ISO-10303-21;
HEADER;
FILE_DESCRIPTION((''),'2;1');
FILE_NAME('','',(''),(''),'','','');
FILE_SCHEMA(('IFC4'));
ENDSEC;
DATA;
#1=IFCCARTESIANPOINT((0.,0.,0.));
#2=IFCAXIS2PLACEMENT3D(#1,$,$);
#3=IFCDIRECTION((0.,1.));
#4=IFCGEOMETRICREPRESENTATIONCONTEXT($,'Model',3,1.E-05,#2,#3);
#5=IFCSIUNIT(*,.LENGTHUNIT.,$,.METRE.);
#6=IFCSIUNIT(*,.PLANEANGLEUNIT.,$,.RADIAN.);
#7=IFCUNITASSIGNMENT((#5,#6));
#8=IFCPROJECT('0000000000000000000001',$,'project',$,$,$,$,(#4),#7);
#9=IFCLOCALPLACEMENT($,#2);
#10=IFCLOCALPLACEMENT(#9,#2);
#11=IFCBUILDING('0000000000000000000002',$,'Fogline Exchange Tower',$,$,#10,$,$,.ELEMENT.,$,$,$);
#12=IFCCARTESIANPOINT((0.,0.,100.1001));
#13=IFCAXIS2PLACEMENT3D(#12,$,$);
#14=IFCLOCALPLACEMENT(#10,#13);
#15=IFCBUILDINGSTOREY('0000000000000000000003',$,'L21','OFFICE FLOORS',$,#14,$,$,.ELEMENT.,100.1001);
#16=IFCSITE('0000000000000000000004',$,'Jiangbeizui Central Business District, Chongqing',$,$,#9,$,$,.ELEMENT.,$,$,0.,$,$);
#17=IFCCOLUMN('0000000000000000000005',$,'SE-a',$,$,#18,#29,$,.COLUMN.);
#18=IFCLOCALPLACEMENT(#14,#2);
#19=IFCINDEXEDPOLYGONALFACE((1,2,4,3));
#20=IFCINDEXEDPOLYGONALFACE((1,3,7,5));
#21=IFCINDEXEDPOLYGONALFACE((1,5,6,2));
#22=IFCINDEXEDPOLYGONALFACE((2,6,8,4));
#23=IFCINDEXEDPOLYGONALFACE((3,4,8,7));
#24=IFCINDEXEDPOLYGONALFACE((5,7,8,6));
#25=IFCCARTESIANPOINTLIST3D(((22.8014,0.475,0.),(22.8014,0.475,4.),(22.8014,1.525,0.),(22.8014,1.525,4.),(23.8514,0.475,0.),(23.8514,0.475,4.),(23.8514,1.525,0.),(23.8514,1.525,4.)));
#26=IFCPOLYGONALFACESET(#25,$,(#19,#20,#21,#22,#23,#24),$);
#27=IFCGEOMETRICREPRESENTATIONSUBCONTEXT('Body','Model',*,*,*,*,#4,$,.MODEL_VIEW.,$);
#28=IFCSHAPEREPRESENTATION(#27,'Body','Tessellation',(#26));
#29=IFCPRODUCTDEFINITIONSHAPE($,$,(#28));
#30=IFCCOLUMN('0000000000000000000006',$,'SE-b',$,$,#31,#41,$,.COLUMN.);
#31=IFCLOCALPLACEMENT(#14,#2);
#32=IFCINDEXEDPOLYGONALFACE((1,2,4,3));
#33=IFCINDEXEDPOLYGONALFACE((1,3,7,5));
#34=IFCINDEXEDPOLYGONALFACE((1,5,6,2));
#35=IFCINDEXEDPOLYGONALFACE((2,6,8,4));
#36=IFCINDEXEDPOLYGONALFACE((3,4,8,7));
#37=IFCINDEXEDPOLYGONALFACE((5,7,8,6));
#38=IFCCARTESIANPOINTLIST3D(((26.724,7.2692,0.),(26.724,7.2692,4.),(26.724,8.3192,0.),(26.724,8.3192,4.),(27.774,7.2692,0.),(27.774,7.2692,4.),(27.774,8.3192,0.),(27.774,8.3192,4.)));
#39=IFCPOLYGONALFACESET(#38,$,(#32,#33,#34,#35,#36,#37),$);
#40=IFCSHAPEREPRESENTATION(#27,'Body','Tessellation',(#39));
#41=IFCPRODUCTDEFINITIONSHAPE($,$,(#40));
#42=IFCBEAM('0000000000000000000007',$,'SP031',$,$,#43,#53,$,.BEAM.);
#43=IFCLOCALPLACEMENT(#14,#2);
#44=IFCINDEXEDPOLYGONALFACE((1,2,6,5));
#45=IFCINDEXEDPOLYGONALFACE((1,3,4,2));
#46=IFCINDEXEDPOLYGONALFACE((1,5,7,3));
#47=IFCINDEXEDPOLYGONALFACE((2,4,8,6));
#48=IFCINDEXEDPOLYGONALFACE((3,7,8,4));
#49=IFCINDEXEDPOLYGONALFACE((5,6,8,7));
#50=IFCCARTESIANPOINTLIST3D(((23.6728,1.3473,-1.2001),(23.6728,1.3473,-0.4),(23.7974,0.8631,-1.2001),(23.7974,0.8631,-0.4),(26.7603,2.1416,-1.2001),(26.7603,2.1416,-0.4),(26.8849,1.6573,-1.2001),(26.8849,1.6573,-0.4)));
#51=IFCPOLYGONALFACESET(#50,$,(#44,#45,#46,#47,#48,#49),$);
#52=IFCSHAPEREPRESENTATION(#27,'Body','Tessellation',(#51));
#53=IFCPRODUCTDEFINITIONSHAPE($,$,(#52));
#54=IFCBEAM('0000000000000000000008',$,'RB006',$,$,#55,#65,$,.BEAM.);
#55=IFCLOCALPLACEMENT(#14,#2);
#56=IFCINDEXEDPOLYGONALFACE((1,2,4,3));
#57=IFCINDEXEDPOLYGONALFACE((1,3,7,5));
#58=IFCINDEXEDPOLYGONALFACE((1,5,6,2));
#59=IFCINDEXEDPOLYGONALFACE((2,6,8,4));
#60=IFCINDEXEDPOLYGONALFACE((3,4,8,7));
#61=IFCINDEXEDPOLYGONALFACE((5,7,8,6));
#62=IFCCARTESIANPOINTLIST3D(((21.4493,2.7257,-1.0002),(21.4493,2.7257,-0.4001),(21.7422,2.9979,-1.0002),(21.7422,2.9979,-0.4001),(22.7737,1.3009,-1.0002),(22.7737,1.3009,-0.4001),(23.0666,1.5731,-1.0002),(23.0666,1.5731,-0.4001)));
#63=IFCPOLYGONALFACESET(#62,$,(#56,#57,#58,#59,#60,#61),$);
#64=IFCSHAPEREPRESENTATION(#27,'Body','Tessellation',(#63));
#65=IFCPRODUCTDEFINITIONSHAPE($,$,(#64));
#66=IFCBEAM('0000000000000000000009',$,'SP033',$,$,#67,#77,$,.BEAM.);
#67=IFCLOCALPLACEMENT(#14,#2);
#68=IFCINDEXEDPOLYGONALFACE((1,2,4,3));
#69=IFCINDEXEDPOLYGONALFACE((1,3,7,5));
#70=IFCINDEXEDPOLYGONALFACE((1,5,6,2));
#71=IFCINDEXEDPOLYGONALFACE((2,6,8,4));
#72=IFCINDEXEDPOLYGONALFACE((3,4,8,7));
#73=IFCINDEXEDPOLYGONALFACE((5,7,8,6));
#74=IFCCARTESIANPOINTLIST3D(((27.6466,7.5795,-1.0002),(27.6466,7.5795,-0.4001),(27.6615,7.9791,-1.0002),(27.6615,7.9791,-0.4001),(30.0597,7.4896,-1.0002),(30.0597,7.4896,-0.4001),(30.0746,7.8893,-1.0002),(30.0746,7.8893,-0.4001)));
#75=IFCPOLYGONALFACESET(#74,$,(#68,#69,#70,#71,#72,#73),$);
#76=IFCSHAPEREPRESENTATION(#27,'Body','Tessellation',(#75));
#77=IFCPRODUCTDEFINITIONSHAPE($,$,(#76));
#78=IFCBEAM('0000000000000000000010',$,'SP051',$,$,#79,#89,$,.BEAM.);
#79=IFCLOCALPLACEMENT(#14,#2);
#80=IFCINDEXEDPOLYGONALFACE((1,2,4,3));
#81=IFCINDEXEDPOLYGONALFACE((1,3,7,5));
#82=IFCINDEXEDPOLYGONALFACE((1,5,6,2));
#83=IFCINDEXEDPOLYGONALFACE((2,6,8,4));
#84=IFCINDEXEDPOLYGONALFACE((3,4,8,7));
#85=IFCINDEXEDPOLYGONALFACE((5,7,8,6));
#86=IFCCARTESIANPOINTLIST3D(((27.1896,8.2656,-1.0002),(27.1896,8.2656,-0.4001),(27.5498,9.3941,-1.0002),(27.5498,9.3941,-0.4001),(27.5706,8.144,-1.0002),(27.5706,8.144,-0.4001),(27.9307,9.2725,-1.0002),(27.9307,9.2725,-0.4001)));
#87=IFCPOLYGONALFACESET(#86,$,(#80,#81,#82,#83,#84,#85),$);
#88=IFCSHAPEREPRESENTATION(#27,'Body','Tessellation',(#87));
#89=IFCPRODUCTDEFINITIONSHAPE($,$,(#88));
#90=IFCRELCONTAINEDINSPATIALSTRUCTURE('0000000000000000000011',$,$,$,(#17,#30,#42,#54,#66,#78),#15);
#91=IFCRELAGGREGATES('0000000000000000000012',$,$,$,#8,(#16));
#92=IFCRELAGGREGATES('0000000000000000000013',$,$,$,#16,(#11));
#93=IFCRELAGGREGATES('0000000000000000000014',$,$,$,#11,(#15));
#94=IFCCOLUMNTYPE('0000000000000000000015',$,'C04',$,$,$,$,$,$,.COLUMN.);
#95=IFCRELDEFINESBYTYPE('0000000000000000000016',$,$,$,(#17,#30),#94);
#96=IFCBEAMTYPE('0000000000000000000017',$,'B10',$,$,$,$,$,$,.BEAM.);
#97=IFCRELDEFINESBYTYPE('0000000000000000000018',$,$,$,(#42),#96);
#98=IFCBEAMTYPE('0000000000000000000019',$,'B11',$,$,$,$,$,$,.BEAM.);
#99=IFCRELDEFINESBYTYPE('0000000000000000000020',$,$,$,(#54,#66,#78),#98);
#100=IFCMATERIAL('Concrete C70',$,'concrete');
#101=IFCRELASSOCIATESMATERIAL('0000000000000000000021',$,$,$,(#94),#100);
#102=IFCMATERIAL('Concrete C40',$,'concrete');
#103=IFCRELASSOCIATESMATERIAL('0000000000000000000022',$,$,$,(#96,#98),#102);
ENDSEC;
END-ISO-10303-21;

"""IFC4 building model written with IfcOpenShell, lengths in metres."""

from ifc_helpers import new_model, si_unit, direction, frame, origin, origin_2d, place, context, subcontext, project, spatial, rectangle, extrude, material, material_profile, profile_set, type_object, element, save


model = new_model("IFC4")

# Units and contexts
model_context = context("Model", 3, precision=1e-05, world=origin(), true_north=direction((0.0, 1.0)))
body_context = subcontext(model_context, "Body", "Model", "MODEL_VIEW")
ifc_project = project(units=[si_unit("LENGTHUNIT", "METRE"), si_unit("PLANEANGLEUNIT", "RADIAN")], contexts=[model_context])

# Site, building, storey
site_placement = place(None, origin())
site = spatial("IfcSite", under=ifc_project, at=site_placement, Name="Jiangbeizui Central Business District, Chongqing", CompositionType="ELEMENT", RefElevation=0.0)
building_placement = place(site_placement, origin())
building = spatial("IfcBuilding", under=site, at=building_placement, Name="Fogline Exchange Tower", CompositionType="ELEMENT")
storey_placement = place(building_placement, frame((0.0, 0.0, 100.1001)))
storey = spatial("IfcBuildingStorey", under=building, at=storey_placement, Name="L21", Description="OFFICE FLOORS", CompositionType="ELEMENT", Elevation=100.1001)

# Columns
ifc_material_1 = material(Name="Concrete C70", Category="concrete")
ifc_material_profile_1 = material_profile(ifc_material_1, rectangle(XDim=1.05, YDim=1.05, at=origin_2d()), Name="RC 1050x1050")
ifc_profile_set_1 = profile_set([ifc_material_profile_1], Name="Concrete C70")
column_type = type_object("IfcColumnType", Name="C04", PredefinedType="COLUMN", material=ifc_profile_set_1)
for number, where, z_axis, x_axis, name in (
    (1, (23.3264, 1.0, 0.0), (0.0, 0.0, 1.0), (1.0, 0.0, 0.0), "SE-a"),
    (2, (27.249, 7.7942, 0.0), (0.0, 0.0, 1.0), (1.0, 0.0, 0.0), "SE-b"),
):
    element("IfcColumn", number, at=place(storey_placement, frame(where, z_axis=z_axis, x_axis=x_axis)), inside=storey, type_object=column_type, Name=name, PredefinedType="COLUMN", context=body_context, shape_type="SweptSolid", body=[
        extrude(rectangle(XDim=1.05, YDim=1.05, at=origin_2d()), origin(), (0.0, 0.0, 1.0), 4.0),
    ])

# Beams
ifc_material_2 = material(Name="Concrete C40", Category="concrete")
ifc_material_profile_2 = material_profile(ifc_material_2, rectangle(XDim=0.5, YDim=0.8, at=origin_2d()), Name="RC 500x800")
ifc_profile_set_2 = profile_set([ifc_material_profile_2], Name="Concrete C40")
beam_type_1 = type_object("IfcBeamType", Name="B10", PredefinedType="BEAM", material=ifc_profile_set_2)
beam_1_placement = place(storey_placement, frame((23.7351, 1.1052, -0.8), z_axis=(0.968471, 0.249125, 0.0), x_axis=(-0.249125, 0.968471, 0.0)))
element("IfcBeam", 3, at=beam_1_placement, inside=storey, type_object=beam_type_1, Name="SP031", PredefinedType="BEAM", context=body_context, shape_type="SweptSolid", body=[
    extrude(rectangle(XDim=0.5, YDim=0.8, at=origin_2d()), origin(), (0.0, 0.0, 1.0), 3.188),
])
ifc_material_profile_3 = material_profile(ifc_material_2, rectangle(XDim=0.3999, YDim=0.6001, at=origin_2d()), Name="RC 400x600")
ifc_profile_set_3 = profile_set([ifc_material_profile_3], Name="Concrete C40")
beam_type_2 = type_object("IfcBeamType", Name="B11", PredefinedType="BEAM", material=ifc_profile_set_3)
beam_2_placement = place(storey_placement, frame((22.9202, 1.437, -0.7002), z_axis=(-0.680846, 0.732427, 0.0), x_axis=(-0.732427, -0.680846, 0.0)))
element("IfcBeam", 4, at=beam_2_placement, inside=storey, type_object=beam_type_2, Name="RB006", PredefinedType="BEAM", context=body_context, shape_type="SweptSolid", body=[
    extrude(rectangle(XDim=0.3999, YDim=0.6001, at=origin_2d()), origin(), (0.0, 0.0, 1.0), 1.9453),
])
beam_3_placement = place(storey_placement, frame((27.6541, 7.7793, -0.7002), z_axis=(0.999308, -0.037206, 0.0), x_axis=(0.037206, 0.999308, 0.0)))
element("IfcBeam", 5, at=beam_3_placement, inside=storey, type_object=beam_type_2, Name="SP033", PredefinedType="BEAM", context=body_context, shape_type="SweptSolid", body=[
    extrude(rectangle(XDim=0.3999, YDim=0.6001, at=origin_2d()), origin(), (0.0, 0.0, 1.0), 2.4148),
])
beam_4_placement = place(storey_placement, frame((27.3801, 8.2048, -0.7002), z_axis=(0.30402, 0.952666, 0.0), x_axis=(-0.952666, 0.30402, 0.0)))
element("IfcBeam", 6, at=beam_4_placement, inside=storey, type_object=beam_type_2, Name="SP051", PredefinedType="BEAM", context=body_context, shape_type="SweptSolid", body=[
    extrude(rectangle(XDim=0.3999, YDim=0.6001, at=origin_2d()), origin(), (0.0, 0.0, 1.0), 1.1846),
])

save(model, "model.ifc")
